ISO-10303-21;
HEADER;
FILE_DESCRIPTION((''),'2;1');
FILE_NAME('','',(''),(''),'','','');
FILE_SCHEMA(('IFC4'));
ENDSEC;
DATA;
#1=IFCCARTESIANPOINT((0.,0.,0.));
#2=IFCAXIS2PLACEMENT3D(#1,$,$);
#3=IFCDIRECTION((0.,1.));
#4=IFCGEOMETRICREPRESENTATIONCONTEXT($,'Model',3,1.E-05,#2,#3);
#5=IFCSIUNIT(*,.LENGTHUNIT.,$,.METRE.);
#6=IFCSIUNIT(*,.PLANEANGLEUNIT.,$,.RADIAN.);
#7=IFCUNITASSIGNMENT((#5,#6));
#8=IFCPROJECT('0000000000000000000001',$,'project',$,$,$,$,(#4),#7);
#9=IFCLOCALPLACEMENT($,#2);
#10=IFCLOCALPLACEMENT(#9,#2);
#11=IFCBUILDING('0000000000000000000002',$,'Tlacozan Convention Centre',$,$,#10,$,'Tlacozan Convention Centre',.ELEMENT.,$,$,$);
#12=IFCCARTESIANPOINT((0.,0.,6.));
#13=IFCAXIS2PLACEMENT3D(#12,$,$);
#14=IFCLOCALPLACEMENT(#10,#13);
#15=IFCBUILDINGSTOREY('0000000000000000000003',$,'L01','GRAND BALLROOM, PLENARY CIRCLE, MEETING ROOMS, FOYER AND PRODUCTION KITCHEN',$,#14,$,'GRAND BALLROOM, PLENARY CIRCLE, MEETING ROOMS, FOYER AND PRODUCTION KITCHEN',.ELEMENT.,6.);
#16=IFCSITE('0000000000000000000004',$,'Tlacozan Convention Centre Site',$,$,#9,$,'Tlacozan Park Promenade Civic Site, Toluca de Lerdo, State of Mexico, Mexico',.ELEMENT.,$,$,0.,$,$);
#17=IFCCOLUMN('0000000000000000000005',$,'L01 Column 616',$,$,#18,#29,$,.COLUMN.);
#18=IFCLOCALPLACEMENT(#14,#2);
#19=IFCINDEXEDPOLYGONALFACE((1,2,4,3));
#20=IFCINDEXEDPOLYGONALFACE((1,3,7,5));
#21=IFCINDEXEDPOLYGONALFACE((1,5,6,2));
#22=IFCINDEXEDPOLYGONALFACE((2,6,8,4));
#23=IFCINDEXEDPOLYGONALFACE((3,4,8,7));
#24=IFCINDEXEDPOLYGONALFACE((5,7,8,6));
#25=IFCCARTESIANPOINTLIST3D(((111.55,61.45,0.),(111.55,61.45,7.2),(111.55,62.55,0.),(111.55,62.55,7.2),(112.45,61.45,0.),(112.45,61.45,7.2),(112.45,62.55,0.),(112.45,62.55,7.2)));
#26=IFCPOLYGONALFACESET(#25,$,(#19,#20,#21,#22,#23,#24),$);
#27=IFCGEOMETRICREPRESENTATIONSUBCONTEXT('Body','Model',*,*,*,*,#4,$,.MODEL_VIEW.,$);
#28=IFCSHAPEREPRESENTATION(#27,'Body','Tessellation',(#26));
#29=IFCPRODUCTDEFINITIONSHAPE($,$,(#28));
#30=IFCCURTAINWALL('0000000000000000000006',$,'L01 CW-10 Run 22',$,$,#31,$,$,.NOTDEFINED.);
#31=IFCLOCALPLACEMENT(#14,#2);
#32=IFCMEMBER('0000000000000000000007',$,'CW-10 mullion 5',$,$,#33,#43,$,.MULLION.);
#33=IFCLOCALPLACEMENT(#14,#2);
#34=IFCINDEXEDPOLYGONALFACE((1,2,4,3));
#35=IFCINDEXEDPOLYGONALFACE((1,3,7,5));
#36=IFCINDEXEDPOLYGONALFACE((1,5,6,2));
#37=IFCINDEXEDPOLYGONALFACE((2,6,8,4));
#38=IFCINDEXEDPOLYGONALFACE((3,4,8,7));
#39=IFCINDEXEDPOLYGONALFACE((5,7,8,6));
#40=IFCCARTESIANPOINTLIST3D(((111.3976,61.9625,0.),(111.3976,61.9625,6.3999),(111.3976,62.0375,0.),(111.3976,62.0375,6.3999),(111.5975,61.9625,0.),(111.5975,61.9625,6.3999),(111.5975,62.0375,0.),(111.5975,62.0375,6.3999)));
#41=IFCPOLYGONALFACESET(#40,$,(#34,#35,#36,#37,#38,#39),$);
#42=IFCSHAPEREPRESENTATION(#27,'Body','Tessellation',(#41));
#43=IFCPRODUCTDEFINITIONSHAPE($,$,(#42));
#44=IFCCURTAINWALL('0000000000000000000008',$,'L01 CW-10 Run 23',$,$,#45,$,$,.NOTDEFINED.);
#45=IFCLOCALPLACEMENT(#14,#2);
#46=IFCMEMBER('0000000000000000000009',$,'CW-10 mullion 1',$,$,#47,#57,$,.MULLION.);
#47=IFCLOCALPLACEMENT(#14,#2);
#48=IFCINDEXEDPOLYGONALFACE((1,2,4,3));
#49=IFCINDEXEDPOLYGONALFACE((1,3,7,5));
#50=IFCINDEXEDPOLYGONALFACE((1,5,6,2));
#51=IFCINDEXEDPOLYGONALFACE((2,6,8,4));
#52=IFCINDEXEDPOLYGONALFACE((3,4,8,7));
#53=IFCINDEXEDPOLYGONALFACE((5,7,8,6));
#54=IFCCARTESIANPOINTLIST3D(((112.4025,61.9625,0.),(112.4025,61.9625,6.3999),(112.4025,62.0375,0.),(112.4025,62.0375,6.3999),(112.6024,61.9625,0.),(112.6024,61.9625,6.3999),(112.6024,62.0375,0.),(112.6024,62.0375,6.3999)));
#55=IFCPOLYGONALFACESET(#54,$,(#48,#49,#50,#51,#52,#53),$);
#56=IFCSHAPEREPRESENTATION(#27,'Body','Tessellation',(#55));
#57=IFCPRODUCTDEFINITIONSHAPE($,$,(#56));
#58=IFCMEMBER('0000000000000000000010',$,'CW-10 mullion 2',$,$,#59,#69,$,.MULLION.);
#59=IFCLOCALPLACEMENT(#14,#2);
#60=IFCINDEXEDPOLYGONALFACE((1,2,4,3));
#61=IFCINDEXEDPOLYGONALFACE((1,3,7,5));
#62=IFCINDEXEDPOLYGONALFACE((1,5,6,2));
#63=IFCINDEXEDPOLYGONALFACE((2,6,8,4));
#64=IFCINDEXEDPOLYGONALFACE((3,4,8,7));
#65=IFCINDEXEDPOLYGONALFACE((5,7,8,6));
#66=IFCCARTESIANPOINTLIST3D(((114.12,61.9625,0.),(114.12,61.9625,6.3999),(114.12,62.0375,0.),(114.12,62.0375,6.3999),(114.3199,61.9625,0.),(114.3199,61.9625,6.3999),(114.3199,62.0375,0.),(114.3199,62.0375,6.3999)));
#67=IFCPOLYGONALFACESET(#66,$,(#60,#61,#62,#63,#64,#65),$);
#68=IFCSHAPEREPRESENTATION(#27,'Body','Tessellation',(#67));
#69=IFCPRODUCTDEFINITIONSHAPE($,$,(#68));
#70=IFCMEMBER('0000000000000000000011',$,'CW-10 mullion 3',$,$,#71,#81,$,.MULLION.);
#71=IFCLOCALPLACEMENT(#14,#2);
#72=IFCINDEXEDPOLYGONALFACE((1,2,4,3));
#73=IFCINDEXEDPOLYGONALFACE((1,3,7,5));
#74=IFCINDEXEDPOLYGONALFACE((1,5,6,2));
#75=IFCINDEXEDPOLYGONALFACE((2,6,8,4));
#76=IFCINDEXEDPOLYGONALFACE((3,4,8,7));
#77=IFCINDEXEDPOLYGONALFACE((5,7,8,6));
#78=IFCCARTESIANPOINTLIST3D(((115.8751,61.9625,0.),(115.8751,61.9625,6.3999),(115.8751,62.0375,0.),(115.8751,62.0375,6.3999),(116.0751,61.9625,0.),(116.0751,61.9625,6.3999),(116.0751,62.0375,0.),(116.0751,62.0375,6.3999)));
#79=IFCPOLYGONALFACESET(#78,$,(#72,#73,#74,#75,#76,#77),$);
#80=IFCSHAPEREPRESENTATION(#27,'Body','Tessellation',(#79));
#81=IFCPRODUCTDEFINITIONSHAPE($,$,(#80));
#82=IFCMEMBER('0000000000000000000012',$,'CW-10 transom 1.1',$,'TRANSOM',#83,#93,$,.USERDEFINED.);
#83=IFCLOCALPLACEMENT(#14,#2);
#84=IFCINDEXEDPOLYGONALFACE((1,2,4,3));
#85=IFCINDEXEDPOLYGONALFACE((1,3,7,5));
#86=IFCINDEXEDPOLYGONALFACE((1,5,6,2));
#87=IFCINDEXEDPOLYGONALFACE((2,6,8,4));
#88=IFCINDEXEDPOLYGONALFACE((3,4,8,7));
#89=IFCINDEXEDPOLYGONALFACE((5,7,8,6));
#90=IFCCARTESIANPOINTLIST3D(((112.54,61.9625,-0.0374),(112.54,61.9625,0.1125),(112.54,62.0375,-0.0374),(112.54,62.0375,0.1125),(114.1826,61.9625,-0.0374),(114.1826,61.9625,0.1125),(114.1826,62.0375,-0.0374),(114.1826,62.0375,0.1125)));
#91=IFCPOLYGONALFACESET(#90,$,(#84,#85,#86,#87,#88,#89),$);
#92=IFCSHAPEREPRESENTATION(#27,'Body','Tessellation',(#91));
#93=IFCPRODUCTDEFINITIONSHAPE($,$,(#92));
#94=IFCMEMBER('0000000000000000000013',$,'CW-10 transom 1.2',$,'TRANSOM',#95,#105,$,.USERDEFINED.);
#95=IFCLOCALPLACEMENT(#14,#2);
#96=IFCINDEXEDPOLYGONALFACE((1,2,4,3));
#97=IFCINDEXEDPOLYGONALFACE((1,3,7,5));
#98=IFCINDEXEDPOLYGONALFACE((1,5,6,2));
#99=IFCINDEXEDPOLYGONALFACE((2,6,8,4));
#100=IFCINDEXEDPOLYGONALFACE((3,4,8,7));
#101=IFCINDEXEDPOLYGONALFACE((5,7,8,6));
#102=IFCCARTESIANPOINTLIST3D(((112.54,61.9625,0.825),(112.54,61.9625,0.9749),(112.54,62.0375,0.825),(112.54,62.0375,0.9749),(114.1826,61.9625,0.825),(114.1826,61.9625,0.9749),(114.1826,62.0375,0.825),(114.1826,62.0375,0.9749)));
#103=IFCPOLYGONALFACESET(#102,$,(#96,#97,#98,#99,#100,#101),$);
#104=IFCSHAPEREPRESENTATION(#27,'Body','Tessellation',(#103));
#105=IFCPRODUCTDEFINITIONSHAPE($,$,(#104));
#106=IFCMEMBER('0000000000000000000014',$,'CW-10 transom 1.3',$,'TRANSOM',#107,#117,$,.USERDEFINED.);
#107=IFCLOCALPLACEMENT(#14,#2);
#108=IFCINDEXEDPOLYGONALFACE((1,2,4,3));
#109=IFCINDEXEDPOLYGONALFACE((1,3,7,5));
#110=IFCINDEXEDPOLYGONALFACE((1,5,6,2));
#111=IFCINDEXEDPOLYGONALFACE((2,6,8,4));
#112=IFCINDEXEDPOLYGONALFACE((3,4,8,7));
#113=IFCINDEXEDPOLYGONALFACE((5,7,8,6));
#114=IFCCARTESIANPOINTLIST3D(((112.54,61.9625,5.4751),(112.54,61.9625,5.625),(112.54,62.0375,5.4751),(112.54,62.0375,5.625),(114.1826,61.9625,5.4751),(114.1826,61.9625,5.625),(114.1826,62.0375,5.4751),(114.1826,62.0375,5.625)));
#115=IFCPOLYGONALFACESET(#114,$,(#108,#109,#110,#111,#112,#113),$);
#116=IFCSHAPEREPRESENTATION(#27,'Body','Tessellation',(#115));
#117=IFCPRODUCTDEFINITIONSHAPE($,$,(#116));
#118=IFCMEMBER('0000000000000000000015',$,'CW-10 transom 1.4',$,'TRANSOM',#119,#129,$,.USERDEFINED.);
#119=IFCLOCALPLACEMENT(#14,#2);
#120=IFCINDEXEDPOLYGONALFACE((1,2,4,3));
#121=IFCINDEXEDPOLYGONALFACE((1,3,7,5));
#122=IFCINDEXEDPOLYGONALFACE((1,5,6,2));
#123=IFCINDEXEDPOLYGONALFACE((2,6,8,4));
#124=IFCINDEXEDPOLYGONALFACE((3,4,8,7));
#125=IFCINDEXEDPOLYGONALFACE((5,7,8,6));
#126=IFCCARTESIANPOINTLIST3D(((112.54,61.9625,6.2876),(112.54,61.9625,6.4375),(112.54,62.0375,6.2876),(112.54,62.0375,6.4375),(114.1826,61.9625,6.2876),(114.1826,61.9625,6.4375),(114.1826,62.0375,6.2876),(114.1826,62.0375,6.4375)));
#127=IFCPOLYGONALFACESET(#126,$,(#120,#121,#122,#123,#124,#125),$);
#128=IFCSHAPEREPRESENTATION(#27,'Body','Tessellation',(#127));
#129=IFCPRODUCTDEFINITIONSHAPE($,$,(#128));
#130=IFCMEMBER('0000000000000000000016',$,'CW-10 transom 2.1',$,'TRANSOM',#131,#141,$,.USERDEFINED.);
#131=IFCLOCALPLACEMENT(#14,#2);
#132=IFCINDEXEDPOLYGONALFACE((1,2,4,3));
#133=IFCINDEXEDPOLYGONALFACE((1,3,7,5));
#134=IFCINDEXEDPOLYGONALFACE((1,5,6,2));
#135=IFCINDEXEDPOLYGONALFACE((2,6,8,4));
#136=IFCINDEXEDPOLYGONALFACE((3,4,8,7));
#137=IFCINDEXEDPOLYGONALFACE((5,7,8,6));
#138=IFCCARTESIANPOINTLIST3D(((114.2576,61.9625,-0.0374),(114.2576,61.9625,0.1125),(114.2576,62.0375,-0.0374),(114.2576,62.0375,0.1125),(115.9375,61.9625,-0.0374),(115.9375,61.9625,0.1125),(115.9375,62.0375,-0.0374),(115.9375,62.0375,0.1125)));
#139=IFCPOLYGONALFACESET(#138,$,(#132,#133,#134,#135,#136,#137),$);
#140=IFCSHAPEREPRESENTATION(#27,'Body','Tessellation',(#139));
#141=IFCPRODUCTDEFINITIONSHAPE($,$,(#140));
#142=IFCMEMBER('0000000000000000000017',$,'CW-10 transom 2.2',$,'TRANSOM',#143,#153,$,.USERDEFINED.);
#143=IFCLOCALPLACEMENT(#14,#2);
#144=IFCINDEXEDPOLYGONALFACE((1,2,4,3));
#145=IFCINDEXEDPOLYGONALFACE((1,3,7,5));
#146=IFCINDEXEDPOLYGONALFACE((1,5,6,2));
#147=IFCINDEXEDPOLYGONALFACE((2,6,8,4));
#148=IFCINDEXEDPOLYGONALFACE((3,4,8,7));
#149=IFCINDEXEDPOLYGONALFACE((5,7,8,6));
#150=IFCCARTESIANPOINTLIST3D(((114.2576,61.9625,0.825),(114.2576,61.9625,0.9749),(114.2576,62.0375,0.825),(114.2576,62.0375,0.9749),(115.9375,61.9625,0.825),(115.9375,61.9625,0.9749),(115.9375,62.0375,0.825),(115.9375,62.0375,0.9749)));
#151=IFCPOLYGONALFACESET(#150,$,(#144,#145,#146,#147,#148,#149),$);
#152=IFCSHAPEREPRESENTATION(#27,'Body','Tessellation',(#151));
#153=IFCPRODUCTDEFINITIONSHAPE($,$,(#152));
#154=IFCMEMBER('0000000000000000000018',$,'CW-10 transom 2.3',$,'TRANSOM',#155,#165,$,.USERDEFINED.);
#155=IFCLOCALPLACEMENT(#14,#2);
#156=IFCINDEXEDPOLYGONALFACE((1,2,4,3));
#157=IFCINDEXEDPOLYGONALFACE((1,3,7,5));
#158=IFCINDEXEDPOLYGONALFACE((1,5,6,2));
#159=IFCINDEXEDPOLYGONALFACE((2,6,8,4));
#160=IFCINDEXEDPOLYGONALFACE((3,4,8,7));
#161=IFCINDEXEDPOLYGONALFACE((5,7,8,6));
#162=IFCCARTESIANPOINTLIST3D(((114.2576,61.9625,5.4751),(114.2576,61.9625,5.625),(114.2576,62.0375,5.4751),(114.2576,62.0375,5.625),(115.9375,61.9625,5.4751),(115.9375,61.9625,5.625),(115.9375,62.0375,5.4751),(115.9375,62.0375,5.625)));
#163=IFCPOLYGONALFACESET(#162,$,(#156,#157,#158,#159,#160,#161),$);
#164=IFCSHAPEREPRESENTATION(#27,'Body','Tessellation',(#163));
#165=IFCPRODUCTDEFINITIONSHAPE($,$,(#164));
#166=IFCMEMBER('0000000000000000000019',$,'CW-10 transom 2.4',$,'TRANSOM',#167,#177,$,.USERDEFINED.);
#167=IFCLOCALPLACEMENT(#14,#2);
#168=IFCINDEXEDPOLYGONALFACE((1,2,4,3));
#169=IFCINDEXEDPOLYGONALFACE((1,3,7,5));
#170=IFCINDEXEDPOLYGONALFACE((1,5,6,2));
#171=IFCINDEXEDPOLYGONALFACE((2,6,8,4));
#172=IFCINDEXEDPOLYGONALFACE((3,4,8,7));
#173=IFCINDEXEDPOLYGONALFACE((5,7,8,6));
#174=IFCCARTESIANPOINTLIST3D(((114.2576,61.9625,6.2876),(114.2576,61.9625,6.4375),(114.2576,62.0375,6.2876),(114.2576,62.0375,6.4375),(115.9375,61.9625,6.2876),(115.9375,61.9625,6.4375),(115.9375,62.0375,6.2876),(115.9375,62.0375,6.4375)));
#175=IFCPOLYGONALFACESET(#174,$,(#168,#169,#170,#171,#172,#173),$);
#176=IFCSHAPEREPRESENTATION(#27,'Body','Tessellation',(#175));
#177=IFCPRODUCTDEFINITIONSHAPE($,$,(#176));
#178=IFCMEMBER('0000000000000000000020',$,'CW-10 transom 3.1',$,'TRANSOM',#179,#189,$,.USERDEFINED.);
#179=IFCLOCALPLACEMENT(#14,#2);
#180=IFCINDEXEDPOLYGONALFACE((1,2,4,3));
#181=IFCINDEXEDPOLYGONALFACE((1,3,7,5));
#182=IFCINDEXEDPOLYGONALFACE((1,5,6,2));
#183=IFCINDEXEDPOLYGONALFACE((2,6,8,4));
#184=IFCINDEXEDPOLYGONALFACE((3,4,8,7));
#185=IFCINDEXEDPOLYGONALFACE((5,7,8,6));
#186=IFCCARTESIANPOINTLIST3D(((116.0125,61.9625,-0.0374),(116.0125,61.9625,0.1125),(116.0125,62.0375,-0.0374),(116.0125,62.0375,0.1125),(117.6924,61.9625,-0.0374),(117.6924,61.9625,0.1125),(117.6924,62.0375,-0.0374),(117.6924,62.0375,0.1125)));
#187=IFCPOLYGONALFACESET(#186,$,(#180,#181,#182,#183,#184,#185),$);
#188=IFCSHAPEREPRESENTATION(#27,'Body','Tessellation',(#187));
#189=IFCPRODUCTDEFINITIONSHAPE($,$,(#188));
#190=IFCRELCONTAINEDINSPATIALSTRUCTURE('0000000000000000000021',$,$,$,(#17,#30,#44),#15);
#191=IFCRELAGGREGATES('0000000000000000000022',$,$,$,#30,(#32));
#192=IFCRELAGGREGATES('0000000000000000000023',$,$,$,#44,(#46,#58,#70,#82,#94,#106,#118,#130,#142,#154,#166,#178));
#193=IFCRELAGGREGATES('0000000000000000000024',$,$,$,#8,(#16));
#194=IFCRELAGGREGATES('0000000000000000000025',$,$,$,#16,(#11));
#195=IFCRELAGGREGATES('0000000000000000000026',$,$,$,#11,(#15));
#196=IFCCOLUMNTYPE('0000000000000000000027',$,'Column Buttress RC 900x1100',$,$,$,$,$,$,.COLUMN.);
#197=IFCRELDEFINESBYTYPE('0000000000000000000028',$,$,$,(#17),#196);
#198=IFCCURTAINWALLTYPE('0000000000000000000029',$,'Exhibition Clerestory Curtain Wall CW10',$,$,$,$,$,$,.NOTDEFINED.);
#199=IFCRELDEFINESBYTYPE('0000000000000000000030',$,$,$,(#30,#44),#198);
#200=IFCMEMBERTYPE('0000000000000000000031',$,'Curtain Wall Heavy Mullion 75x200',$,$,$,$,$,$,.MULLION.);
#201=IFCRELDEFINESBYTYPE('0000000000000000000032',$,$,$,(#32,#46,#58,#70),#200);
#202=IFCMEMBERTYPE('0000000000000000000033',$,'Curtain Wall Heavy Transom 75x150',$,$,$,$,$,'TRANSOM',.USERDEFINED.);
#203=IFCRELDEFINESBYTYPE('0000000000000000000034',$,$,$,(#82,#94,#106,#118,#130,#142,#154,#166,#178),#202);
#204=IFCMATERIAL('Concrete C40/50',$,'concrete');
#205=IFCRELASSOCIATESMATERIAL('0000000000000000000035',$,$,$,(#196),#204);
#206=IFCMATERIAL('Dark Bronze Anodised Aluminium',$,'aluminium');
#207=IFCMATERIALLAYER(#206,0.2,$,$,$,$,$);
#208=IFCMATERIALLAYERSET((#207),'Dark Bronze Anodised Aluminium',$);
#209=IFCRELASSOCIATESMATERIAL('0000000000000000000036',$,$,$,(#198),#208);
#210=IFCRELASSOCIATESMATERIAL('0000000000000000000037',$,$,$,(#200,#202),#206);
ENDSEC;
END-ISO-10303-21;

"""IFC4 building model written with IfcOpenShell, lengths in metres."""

from ifc_helpers import new_model, si_unit, direction, frame, origin, origin_2d, place, context, subcontext, project, spatial, rectangle, extrude, material, layer, layer_set, material_profile, profile_set, type_object, element, aggregate, save


model = new_model("IFC4")

# Units and contexts
model_context = context("Model", 3, precision=1e-05, world=origin(), true_north=direction((0.0, 1.0)))
body_context = subcontext(model_context, "Body", "Model", "MODEL_VIEW")
ifc_project = project(units=[si_unit("LENGTHUNIT", "METRE"), si_unit("PLANEANGLEUNIT", "RADIAN")], contexts=[model_context])

# Site, building, storey
site_placement = place(None, origin())
site = spatial("IfcSite", under=ifc_project, at=site_placement, Name="Tlacozan Convention Centre Site", LongName="Tlacozan Park Promenade Civic Site, Toluca de Lerdo, State of Mexico, Mexico", CompositionType="ELEMENT", RefElevation=0.0)
building_placement = place(site_placement, origin())
building = spatial("IfcBuilding", under=site, at=building_placement, Name="Tlacozan Convention Centre", LongName="Tlacozan Convention Centre", CompositionType="ELEMENT")
storey_placement = place(building_placement, frame((0.0, 0.0, 6.0)))
storey = spatial("IfcBuildingStorey", under=building, at=storey_placement, Name="L01", Description="GRAND BALLROOM, PLENARY CIRCLE, MEETING ROOMS, FOYER AND PRODUCTION KITCHEN", LongName="GRAND BALLROOM, PLENARY CIRCLE, MEETING ROOMS, FOYER AND PRODUCTION KITCHEN", CompositionType="ELEMENT", Elevation=6.0)

# Column
ifc_material_1 = material(Name="Concrete C40/50", Category="concrete")
ifc_material_profile_1 = material_profile(ifc_material_1, rectangle(XDim=0.8999, YDim=1.1001, at=origin_2d()), Name="RC 900x1100")
ifc_profile_set_1 = profile_set([ifc_material_profile_1], Name="Concrete C40/50")
column_type = type_object("IfcColumnType", Name="Column Buttress RC 900x1100", PredefinedType="COLUMN", material=ifc_profile_set_1)
column_placement = place(storey_placement, frame((112.0, 62.0, 0.0), z_axis=(0.0, 0.0, 1.0), x_axis=(1.0, 0.0, 0.0)))
element("IfcColumn", 1, at=column_placement, inside=storey, type_object=column_type, Name="L01 Column 616", PredefinedType="COLUMN", context=body_context, shape_type="SweptSolid", body=[
    extrude(rectangle(XDim=0.8999, YDim=1.1001, at=origin_2d()), origin(), (0.0, 0.0, 1.0), 7.2),
])

# Curtain wall, member
ifc_material_2 = material(Name="Dark Bronze Anodised Aluminium", Category="aluminium")
ifc_layer_1 = layer(ifc_material_2, 0.2)
ifc_layer_set_1 = layer_set([ifc_layer_1], Name="Dark Bronze Anodised Aluminium")
curtain_wall_type = type_object("IfcCurtainWallType", Name="Exhibition Clerestory Curtain Wall CW10", PredefinedType="NOTDEFINED", material=ifc_layer_set_1)
curtain_wall_1_placement = place(storey_placement, origin())
curtain_wall_1 = element("IfcCurtainWall", 2, at=curtain_wall_1_placement, inside=storey, type_object=curtain_wall_type, Name="L01 CW-10 Run 22", PredefinedType="NOTDEFINED")
ifc_material_profile_2 = material_profile(ifc_material_2, rectangle(XDim=0.075, YDim=0.2, at=origin_2d()), Name="ALU 75x200")
ifc_profile_set_2 = profile_set([ifc_material_profile_2], Name="Dark Bronze Anodised Aluminium")
member_type_1 = type_object("IfcMemberType", Name="Curtain Wall Heavy Mullion 75x200", PredefinedType="MULLION", material=ifc_profile_set_2)
member_1_placement = place(storey_placement, frame((111.4976, 62.0, 0.0), z_axis=(0.0, 0.0, 1.0), x_axis=(0.0, 1.0, 0.0)))
member_1 = element("IfcMember", 3, at=member_1_placement, type_object=member_type_1, Name="CW-10 mullion 5", PredefinedType="MULLION", context=body_context, shape_type="SweptSolid", body=[
    extrude(rectangle(XDim=0.075, YDim=0.2, at=origin_2d()), origin(), (0.0, 0.0, 1.0), 6.3999),
])

# Curtain wall, members
curtain_wall_2_placement = place(storey_placement, origin())
curtain_wall_2 = element("IfcCurtainWall", 4, at=curtain_wall_2_placement, inside=storey, type_object=curtain_wall_type, Name="L01 CW-10 Run 23", PredefinedType="NOTDEFINED")
member_2_placement = place(storey_placement, frame((112.5024, 62.0, 0.0), z_axis=(0.0, 0.0, 1.0), x_axis=(0.0, 1.0, 0.0)))
member_2 = element("IfcMember", 5, at=member_2_placement, type_object=member_type_1, Name="CW-10 mullion 1", PredefinedType="MULLION", context=body_context, shape_type="SweptSolid", body=[
    extrude(rectangle(XDim=0.075, YDim=0.2, at=origin_2d()), origin(), (0.0, 0.0, 1.0), 6.3999),
])
member_3_placement = place(storey_placement, frame((114.22, 62.0, 0.0), z_axis=(0.0, 0.0, 1.0), x_axis=(0.0, 1.0, 0.0)))
member_3 = element("IfcMember", 6, at=member_3_placement, type_object=member_type_1, Name="CW-10 mullion 2", PredefinedType="MULLION", context=body_context, shape_type="SweptSolid", body=[
    extrude(rectangle(XDim=0.075, YDim=0.2, at=origin_2d()), origin(), (0.0, 0.0, 1.0), 6.3999),
])
member_4_placement = place(storey_placement, frame((115.9751, 62.0, 0.0), z_axis=(0.0, 0.0, 1.0), x_axis=(0.0, 1.0, 0.0)))
member_4 = element("IfcMember", 7, at=member_4_placement, type_object=member_type_1, Name="CW-10 mullion 3", PredefinedType="MULLION", context=body_context, shape_type="SweptSolid", body=[
    extrude(rectangle(XDim=0.075, YDim=0.2, at=origin_2d()), origin(), (0.0, 0.0, 1.0), 6.3999),
])
ifc_material_profile_3 = material_profile(ifc_material_2, rectangle(XDim=0.075, YDim=0.1499, at=origin_2d()), Name="ALU 75x150")
ifc_profile_set_3 = profile_set([ifc_material_profile_3], Name="Dark Bronze Anodised Aluminium")
member_type_2 = type_object("IfcMemberType", Name="Curtain Wall Heavy Transom 75x150", ElementType="TRANSOM", PredefinedType="USERDEFINED", material=ifc_profile_set_3)
member_5_placement = place(storey_placement, frame((112.54, 62.0, 0.0376), z_axis=(1.0, 0.0, 0.0), x_axis=(0.0, 1.0, 0.0)))
member_5 = element("IfcMember", 8, at=member_5_placement, type_object=member_type_2, Name="CW-10 transom 1.1", ObjectType="TRANSOM", PredefinedType="USERDEFINED", context=body_context, shape_type="SweptSolid", body=[
    extrude(rectangle(XDim=0.075, YDim=0.1499, at=origin_2d()), origin(), (0.0, 0.0, 1.0), 1.6426),
])
member_6_placement = place(storey_placement, frame((112.54, 62.0, 0.8999), z_axis=(1.0, 0.0, 0.0), x_axis=(0.0, 1.0, 0.0)))
member_6 = element("IfcMember", 9, at=member_6_placement, type_object=member_type_2, Name="CW-10 transom 1.2", ObjectType="TRANSOM", PredefinedType="USERDEFINED", context=body_context, shape_type="SweptSolid", body=[
    extrude(rectangle(XDim=0.075, YDim=0.1499, at=origin_2d()), origin(), (0.0, 0.0, 1.0), 1.6426),
])
member_7_placement = place(storey_placement, frame((112.54, 62.0, 5.55), z_axis=(1.0, 0.0, 0.0), x_axis=(0.0, 1.0, 0.0)))
member_7 = element("IfcMember", 10, at=member_7_placement, type_object=member_type_2, Name="CW-10 transom 1.3", ObjectType="TRANSOM", PredefinedType="USERDEFINED", context=body_context, shape_type="SweptSolid", body=[
    extrude(rectangle(XDim=0.075, YDim=0.1499, at=origin_2d()), origin(), (0.0, 0.0, 1.0), 1.6426),
])
member_8_placement = place(storey_placement, frame((112.54, 62.0, 6.3625), z_axis=(1.0, 0.0, 0.0), x_axis=(0.0, 1.0, 0.0)))
member_8 = element("IfcMember", 11, at=member_8_placement, type_object=member_type_2, Name="CW-10 transom 1.4", ObjectType="TRANSOM", PredefinedType="USERDEFINED", context=body_context, shape_type="SweptSolid", body=[
    extrude(rectangle(XDim=0.075, YDim=0.1499, at=origin_2d()), origin(), (0.0, 0.0, 1.0), 1.6426),
])
member_9_placement = place(storey_placement, frame((114.2576, 62.0, 0.0376), z_axis=(1.0, 0.0, 0.0), x_axis=(0.0, 1.0, 0.0)))
member_9 = element("IfcMember", 12, at=member_9_placement, type_object=member_type_2, Name="CW-10 transom 2.1", ObjectType="TRANSOM", PredefinedType="USERDEFINED", context=body_context, shape_type="SweptSolid", body=[
    extrude(rectangle(XDim=0.075, YDim=0.1499, at=origin_2d()), origin(), (0.0, 0.0, 1.0), 1.6799),
])
member_10_placement = place(storey_placement, frame((114.2576, 62.0, 0.8999), z_axis=(1.0, 0.0, 0.0), x_axis=(0.0, 1.0, 0.0)))
member_10 = element("IfcMember", 13, at=member_10_placement, type_object=member_type_2, Name="CW-10 transom 2.2", ObjectType="TRANSOM", PredefinedType="USERDEFINED", context=body_context, shape_type="SweptSolid", body=[
    extrude(rectangle(XDim=0.075, YDim=0.1499, at=origin_2d()), origin(), (0.0, 0.0, 1.0), 1.6799),
])
member_11_placement = place(storey_placement, frame((114.2576, 62.0, 5.55), z_axis=(1.0, 0.0, 0.0), x_axis=(0.0, 1.0, 0.0)))
member_11 = element("IfcMember", 14, at=member_11_placement, type_object=member_type_2, Name="CW-10 transom 2.3", ObjectType="TRANSOM", PredefinedType="USERDEFINED", context=body_context, shape_type="SweptSolid", body=[
    extrude(rectangle(XDim=0.075, YDim=0.1499, at=origin_2d()), origin(), (0.0, 0.0, 1.0), 1.6799),
])
member_12_placement = place(storey_placement, frame((114.2576, 62.0, 6.3625), z_axis=(1.0, 0.0, 0.0), x_axis=(0.0, 1.0, 0.0)))
member_12 = element("IfcMember", 15, at=member_12_placement, type_object=member_type_2, Name="CW-10 transom 2.4", ObjectType="TRANSOM", PredefinedType="USERDEFINED", context=body_context, shape_type="SweptSolid", body=[
    extrude(rectangle(XDim=0.075, YDim=0.1499, at=origin_2d()), origin(), (0.0, 0.0, 1.0), 1.6799),
])
member_13_placement = place(storey_placement, frame((116.0125, 62.0, 0.0376), z_axis=(1.0, 0.0, 0.0), x_axis=(0.0, 1.0, 0.0)))
member_13 = element("IfcMember", 16, at=member_13_placement, type_object=member_type_2, Name="CW-10 transom 3.1", ObjectType="TRANSOM", PredefinedType="USERDEFINED", context=body_context, shape_type="SweptSolid", body=[
    extrude(rectangle(XDim=0.075, YDim=0.1499, at=origin_2d()), origin(), (0.0, 0.0, 1.0), 1.6799),
])

aggregate(curtain_wall_1, [member_1])
aggregate(curtain_wall_2, [member_2, member_3, member_4, member_5, member_6, member_7, member_8, member_9, member_10, member_11, member_12, member_13])

save(model, "model.ifc")
